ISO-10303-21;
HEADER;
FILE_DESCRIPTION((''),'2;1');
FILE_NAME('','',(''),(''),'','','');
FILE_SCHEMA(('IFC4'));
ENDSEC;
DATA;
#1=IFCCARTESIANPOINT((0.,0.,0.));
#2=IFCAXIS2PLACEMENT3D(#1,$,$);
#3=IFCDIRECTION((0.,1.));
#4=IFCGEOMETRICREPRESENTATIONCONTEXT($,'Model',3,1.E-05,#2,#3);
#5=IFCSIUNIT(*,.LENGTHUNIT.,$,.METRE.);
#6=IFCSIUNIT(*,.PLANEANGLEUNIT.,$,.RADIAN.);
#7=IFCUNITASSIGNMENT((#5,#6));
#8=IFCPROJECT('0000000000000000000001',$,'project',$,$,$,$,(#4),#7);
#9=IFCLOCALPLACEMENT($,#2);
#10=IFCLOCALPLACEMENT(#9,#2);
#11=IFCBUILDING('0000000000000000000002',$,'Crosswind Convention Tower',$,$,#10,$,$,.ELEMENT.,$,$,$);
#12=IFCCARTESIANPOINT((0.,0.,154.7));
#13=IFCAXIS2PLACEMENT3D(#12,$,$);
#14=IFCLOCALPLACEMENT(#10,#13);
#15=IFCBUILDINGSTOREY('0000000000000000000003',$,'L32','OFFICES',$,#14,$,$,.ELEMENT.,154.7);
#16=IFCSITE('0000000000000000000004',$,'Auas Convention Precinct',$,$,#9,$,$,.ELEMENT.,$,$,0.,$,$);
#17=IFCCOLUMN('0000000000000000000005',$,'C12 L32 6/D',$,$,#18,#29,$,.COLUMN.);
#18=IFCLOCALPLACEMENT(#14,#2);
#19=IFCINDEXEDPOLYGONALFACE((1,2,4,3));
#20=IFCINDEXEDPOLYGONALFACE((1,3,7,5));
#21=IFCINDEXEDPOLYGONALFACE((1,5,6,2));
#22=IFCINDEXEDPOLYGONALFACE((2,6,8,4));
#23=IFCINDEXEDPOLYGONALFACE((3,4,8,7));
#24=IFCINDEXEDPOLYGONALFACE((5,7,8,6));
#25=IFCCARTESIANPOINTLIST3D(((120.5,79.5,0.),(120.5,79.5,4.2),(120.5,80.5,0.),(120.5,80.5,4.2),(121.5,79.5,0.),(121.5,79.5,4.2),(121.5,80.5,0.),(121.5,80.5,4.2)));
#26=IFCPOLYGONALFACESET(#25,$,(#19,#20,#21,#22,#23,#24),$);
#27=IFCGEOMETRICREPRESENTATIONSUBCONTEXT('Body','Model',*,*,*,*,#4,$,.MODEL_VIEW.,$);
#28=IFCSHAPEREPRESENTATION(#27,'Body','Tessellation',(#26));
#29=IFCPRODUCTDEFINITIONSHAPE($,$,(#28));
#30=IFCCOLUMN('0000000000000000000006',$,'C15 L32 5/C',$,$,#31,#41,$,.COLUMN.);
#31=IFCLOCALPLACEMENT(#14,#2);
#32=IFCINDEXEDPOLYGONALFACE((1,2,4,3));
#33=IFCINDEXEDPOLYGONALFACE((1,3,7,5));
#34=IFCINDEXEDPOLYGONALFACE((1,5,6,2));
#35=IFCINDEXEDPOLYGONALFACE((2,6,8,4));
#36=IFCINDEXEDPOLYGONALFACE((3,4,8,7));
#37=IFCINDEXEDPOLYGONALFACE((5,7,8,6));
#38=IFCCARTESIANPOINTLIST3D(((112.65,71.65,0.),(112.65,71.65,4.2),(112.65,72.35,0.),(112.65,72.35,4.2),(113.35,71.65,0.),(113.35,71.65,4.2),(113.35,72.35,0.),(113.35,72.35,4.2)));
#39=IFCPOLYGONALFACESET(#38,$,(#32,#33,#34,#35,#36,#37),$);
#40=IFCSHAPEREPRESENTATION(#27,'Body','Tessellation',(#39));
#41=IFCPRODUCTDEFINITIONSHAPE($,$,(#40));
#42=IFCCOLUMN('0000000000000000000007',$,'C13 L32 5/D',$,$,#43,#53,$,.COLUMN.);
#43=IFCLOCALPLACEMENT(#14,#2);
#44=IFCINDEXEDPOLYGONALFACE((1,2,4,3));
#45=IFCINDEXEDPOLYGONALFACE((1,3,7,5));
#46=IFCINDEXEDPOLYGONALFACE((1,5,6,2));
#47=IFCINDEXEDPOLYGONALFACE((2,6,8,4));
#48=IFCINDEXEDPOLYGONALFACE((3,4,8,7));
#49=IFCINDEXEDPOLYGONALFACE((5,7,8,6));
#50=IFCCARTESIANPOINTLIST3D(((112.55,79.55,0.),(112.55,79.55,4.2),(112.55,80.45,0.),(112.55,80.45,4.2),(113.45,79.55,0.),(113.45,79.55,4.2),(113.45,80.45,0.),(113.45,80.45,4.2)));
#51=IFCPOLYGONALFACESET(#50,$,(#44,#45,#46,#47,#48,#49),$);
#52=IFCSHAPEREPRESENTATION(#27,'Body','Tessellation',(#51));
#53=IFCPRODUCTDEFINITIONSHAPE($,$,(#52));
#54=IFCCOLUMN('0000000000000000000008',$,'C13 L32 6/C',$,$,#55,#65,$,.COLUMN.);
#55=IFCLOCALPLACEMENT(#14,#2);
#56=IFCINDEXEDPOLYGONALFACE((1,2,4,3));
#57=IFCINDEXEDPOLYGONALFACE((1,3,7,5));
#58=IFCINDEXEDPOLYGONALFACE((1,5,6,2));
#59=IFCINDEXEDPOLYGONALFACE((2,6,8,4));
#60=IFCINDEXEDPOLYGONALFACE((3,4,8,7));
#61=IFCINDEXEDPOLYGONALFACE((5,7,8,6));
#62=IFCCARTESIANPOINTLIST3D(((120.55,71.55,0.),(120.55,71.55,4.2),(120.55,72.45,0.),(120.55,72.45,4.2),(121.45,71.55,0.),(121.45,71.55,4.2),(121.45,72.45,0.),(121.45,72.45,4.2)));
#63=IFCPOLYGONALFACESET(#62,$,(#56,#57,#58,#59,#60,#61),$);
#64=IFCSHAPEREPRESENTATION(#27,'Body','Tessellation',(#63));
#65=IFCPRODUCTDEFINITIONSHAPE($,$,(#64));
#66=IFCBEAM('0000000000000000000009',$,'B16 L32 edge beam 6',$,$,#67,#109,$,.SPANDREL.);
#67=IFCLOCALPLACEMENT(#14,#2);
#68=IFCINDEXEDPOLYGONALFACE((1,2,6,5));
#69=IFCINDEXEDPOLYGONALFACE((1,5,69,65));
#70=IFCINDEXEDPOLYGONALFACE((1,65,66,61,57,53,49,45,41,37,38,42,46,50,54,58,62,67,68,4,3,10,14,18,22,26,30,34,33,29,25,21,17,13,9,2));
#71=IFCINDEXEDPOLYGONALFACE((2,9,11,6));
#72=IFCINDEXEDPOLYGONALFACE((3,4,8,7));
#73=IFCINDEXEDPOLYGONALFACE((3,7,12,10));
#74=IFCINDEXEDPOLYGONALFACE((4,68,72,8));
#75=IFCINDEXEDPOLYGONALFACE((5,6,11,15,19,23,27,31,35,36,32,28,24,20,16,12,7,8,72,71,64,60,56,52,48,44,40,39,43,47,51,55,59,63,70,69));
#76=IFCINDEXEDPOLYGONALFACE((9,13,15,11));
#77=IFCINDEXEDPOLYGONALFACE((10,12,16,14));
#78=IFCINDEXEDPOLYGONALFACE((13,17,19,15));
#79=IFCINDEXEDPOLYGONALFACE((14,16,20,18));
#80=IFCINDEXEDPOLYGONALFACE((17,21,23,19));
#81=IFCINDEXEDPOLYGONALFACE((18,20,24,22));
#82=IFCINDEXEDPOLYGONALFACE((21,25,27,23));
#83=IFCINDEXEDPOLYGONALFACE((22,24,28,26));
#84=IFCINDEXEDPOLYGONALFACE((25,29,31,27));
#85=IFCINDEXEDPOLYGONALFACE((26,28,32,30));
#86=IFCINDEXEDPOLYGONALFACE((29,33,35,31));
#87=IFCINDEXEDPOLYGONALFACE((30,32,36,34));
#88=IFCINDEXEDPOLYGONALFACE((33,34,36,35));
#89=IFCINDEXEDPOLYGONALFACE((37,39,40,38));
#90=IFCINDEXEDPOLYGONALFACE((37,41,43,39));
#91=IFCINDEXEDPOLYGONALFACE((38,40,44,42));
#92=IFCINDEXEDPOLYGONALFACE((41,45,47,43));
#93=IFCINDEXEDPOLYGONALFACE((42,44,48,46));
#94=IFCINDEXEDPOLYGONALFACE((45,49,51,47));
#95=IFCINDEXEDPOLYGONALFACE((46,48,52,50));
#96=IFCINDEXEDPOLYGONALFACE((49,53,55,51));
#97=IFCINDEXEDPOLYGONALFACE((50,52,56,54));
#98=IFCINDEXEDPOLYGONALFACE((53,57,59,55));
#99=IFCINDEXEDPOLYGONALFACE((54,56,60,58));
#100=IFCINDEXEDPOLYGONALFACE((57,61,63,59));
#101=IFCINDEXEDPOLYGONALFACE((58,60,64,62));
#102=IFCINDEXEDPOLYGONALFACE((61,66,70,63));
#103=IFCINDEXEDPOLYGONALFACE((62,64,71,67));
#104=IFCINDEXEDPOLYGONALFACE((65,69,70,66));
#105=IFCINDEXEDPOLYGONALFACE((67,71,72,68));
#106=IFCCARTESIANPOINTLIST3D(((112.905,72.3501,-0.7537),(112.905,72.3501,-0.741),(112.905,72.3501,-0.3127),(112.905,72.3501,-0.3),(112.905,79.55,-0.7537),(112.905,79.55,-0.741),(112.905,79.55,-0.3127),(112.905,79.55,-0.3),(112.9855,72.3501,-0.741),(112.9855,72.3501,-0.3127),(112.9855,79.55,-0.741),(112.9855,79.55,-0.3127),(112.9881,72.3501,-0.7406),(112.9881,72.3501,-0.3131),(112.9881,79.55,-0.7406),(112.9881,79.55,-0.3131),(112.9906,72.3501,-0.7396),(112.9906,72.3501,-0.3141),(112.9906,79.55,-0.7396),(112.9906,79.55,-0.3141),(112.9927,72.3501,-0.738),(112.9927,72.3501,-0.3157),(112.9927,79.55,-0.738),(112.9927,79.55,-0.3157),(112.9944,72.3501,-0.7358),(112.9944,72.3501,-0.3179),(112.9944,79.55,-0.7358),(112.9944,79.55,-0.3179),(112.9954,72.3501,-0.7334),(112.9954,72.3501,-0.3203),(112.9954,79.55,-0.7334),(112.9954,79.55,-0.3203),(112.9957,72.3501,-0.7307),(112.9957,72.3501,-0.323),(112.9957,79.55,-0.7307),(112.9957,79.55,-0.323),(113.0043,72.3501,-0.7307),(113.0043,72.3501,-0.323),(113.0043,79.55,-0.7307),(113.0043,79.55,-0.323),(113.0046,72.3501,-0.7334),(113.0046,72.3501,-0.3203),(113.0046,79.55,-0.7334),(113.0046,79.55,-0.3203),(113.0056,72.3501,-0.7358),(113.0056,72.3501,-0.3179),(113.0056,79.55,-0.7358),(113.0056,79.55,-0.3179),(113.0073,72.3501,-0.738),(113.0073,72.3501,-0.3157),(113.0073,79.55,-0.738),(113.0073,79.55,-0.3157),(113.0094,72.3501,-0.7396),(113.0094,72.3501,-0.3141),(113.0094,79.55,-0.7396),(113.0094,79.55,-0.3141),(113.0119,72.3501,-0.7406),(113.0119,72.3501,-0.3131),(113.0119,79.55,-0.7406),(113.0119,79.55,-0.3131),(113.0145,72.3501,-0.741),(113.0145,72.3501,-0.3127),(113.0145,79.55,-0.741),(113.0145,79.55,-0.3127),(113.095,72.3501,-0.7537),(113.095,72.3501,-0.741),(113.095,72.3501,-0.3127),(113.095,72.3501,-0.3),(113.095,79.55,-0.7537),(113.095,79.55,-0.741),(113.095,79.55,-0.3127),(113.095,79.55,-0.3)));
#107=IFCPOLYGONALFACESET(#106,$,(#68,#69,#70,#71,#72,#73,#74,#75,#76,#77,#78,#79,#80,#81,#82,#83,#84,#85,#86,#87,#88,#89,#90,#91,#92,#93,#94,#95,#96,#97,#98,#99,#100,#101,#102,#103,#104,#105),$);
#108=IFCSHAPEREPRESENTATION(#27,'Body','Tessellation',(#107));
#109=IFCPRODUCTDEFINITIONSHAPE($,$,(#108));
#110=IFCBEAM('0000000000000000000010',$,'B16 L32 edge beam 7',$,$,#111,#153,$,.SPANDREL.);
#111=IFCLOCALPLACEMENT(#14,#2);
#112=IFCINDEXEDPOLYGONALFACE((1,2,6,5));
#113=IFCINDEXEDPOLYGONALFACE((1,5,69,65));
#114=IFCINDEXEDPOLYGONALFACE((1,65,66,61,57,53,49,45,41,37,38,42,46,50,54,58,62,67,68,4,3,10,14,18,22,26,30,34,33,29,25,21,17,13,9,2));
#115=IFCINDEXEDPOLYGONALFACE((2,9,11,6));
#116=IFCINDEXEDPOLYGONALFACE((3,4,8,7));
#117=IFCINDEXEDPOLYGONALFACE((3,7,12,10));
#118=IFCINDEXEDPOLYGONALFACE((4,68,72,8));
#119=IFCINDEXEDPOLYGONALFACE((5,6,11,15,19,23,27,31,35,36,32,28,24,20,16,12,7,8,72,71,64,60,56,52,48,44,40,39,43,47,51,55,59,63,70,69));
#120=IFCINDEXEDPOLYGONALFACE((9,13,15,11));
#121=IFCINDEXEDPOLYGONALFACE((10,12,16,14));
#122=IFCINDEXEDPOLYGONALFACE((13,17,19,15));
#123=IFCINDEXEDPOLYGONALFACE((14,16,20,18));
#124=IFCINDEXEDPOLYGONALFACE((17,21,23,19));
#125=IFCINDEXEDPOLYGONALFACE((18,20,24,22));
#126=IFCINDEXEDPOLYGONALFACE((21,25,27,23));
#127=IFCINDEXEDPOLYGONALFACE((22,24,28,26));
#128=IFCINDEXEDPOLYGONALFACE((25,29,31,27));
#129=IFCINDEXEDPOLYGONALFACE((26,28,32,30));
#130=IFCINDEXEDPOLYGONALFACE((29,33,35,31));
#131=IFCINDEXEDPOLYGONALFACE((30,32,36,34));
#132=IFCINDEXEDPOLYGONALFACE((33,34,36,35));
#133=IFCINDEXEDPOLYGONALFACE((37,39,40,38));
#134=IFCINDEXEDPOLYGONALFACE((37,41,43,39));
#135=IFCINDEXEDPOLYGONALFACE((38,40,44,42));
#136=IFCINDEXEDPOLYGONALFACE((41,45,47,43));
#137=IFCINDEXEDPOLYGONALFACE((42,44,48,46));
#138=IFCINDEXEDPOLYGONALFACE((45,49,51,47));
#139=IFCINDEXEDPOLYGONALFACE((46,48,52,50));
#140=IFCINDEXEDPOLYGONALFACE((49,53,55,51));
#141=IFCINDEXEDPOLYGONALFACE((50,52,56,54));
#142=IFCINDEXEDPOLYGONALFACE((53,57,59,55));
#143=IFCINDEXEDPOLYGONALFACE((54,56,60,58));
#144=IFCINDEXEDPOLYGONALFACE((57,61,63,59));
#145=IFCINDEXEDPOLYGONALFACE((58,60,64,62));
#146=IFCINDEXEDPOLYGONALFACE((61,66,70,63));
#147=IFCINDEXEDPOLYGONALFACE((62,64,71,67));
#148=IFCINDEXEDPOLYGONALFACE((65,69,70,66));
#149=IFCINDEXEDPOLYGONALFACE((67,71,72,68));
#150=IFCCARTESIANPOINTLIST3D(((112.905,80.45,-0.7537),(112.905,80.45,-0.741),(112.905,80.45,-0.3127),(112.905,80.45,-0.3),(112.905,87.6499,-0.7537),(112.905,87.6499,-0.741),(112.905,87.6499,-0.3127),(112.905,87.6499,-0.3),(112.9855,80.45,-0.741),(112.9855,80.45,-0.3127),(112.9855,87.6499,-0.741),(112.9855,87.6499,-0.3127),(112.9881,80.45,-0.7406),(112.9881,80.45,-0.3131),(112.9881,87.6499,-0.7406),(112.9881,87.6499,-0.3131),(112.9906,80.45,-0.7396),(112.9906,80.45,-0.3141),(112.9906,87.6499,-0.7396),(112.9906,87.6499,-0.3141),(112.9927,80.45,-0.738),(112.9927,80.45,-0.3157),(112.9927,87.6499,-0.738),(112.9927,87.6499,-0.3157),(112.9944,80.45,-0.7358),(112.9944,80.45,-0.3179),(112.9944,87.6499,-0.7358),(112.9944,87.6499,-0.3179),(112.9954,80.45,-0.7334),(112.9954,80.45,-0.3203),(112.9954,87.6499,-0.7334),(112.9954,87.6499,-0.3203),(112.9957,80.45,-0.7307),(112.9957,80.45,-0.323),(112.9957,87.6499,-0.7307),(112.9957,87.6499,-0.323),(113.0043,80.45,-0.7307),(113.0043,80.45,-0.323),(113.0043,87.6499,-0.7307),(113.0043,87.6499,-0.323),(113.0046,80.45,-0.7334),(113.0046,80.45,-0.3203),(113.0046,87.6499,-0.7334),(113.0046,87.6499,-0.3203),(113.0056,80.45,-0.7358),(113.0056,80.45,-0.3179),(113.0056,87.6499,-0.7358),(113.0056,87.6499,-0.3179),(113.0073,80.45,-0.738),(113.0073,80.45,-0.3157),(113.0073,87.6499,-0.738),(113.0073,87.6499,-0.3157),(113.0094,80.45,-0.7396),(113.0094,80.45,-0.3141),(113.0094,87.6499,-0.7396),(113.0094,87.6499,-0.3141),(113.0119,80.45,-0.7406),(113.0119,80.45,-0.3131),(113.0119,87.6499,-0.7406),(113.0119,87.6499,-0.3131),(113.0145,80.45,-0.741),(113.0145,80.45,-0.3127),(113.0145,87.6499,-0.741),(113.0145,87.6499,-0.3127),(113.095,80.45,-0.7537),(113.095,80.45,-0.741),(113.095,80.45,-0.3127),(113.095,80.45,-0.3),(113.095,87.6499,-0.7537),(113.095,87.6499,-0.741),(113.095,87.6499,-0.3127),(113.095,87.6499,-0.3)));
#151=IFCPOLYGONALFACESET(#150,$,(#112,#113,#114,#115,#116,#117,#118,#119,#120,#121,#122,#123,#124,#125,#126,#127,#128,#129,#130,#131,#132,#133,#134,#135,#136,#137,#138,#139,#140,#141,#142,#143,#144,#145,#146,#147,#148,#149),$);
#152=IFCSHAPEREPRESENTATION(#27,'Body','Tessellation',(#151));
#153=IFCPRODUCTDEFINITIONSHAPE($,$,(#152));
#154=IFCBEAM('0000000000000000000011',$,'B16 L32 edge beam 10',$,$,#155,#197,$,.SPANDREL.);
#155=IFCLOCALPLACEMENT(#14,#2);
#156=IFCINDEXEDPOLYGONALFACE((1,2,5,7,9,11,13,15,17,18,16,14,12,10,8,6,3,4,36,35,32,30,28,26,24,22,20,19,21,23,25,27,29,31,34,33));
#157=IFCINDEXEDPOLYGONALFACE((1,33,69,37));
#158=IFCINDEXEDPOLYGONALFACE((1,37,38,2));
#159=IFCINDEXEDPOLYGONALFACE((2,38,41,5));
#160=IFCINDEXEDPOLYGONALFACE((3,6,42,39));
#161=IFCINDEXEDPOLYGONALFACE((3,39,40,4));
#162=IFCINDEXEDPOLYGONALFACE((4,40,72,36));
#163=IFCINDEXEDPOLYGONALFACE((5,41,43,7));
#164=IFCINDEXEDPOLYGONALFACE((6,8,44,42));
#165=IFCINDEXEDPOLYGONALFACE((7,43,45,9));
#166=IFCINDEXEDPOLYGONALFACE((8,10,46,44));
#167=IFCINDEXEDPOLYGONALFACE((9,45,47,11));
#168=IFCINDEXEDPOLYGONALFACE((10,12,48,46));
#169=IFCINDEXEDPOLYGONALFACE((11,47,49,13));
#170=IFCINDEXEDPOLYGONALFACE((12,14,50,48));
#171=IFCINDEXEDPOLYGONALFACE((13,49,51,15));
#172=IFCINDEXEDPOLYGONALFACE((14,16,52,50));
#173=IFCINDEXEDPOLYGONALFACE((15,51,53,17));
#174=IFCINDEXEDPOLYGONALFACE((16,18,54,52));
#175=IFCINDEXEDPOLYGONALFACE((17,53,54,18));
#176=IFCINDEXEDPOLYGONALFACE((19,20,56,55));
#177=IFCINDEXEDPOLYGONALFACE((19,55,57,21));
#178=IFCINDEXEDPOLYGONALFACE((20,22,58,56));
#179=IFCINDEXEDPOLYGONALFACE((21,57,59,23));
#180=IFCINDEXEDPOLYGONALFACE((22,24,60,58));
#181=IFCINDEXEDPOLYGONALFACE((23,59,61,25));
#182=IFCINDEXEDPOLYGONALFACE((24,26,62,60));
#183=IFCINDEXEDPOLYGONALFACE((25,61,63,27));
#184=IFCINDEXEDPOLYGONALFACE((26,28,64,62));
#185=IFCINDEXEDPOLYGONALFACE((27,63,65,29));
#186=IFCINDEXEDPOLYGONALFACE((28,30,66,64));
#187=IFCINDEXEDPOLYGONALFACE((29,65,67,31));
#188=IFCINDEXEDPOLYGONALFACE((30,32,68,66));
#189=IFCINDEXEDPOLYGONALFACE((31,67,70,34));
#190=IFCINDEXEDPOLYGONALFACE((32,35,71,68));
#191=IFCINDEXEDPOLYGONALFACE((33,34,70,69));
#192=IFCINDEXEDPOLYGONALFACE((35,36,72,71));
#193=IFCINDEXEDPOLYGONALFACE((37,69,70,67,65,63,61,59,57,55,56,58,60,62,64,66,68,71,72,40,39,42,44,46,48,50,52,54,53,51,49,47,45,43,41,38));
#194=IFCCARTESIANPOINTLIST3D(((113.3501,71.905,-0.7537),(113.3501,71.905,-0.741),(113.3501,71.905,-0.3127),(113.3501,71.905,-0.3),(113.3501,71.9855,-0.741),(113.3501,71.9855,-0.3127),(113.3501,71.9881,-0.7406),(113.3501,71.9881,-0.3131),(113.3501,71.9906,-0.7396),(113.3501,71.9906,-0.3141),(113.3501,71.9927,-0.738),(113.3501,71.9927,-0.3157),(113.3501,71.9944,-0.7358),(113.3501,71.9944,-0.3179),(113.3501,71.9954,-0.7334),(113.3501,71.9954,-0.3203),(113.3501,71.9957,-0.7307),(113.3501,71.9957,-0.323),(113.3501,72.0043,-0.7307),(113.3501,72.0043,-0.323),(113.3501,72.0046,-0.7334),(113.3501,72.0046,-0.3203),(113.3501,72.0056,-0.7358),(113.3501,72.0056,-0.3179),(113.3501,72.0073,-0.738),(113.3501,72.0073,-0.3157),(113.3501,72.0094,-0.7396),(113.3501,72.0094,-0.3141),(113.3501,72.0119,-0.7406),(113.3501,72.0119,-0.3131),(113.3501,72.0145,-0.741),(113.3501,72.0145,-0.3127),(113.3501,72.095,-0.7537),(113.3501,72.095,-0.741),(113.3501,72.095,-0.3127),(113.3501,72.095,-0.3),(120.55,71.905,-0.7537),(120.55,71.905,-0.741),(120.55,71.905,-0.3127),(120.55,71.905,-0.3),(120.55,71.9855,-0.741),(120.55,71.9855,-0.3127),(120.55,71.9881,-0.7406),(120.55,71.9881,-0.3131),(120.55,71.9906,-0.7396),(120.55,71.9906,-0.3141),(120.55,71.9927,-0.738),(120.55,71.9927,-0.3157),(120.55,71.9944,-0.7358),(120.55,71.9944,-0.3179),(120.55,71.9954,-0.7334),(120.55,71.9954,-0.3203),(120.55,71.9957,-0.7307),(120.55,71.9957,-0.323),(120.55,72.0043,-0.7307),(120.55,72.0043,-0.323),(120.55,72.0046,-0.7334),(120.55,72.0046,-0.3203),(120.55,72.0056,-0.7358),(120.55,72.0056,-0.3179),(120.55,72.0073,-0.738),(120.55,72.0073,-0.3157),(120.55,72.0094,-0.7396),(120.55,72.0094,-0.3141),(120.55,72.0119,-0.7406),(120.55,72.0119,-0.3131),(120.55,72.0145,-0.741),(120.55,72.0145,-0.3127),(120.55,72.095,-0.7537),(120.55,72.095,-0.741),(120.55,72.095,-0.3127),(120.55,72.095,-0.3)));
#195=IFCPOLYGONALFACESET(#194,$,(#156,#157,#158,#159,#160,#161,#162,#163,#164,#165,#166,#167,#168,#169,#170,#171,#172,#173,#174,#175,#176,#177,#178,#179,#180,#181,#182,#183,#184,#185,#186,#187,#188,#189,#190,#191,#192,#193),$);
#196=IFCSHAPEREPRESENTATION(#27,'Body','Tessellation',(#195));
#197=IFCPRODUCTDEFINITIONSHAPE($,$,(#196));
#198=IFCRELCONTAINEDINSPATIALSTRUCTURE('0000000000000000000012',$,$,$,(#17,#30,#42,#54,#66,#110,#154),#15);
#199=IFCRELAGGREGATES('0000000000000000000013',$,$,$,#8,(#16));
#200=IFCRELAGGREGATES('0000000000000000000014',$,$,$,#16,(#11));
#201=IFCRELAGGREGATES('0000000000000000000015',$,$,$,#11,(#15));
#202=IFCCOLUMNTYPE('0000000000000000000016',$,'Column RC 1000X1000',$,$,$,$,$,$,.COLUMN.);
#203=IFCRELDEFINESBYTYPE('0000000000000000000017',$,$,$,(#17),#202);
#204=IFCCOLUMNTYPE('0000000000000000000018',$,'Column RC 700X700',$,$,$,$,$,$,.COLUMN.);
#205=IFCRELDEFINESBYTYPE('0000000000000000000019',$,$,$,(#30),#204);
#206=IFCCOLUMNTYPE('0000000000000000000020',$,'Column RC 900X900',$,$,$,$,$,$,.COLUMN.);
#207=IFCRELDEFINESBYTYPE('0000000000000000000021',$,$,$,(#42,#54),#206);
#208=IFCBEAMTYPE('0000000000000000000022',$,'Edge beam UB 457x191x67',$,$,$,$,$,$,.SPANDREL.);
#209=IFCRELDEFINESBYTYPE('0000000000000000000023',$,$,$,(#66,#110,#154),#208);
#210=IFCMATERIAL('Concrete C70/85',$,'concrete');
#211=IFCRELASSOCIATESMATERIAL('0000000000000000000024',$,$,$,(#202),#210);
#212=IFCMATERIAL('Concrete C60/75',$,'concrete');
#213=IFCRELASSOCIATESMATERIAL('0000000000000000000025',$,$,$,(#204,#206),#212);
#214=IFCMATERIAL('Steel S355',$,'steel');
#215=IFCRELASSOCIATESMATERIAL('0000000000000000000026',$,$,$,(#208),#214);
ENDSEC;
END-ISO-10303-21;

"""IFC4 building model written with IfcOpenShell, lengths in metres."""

from ifc_helpers import new_model, si_unit, direction, frame, origin, origin_2d, place, context, subcontext, project, spatial, rectangle, i_section, extrude, material, material_profile, profile_set, type_object, element, save


model = new_model("IFC4")

# Units and contexts
model_context = context("Model", 3, precision=1e-05, world=origin(), true_north=direction((0.0, 1.0)))
body_context = subcontext(model_context, "Body", "Model", "MODEL_VIEW")
ifc_project = project(units=[si_unit("LENGTHUNIT", "METRE"), si_unit("PLANEANGLEUNIT", "RADIAN")], contexts=[model_context])

# Site, building, storey
site_placement = place(None, origin())
site = spatial("IfcSite", under=ifc_project, at=site_placement, Name="Auas Convention Precinct", CompositionType="ELEMENT", RefElevation=0.0)
building_placement = place(site_placement, origin())
building = spatial("IfcBuilding", under=site, at=building_placement, Name="Crosswind Convention Tower", CompositionType="ELEMENT")
storey_placement = place(building_placement, frame((0.0, 0.0, 154.7)))
storey = spatial("IfcBuildingStorey", under=building, at=storey_placement, Name="L32", Description="OFFICES", CompositionType="ELEMENT", Elevation=154.7)

# Columns
ifc_material_1 = material(Name="Concrete C70/85", Category="concrete")
ifc_material_profile_1 = material_profile(ifc_material_1, rectangle(XDim=1.0, YDim=1.0, at=origin_2d()), Name="RC 1000X1000")
ifc_profile_set_1 = profile_set([ifc_material_profile_1], Name="Concrete C70/85")
column_type_1 = type_object("IfcColumnType", Name="Column RC 1000X1000", PredefinedType="COLUMN", material=ifc_profile_set_1)
column_1_placement = place(storey_placement, frame((121.0, 80.0, 0.0), z_axis=(0.0, 0.0, 1.0), x_axis=(1.0, 0.0, 0.0)))
element("IfcColumn", 1, at=column_1_placement, inside=storey, type_object=column_type_1, Name="C12 L32 6/D", PredefinedType="COLUMN", context=body_context, shape_type="SweptSolid", body=[
    extrude(rectangle(XDim=1.0, YDim=1.0, at=origin_2d()), origin(), (0.0, 0.0, 1.0), 4.2),
])
ifc_material_2 = material(Name="Concrete C60/75", Category="concrete")
ifc_material_profile_2 = material_profile(ifc_material_2, rectangle(XDim=0.7, YDim=0.7, at=origin_2d()), Name="RC 700X700")
ifc_profile_set_2 = profile_set([ifc_material_profile_2], Name="Concrete C60/75")
column_type_2 = type_object("IfcColumnType", Name="Column RC 700X700", PredefinedType="COLUMN", material=ifc_profile_set_2)
column_2_placement = place(storey_placement, frame((113.0, 72.0, 0.0), z_axis=(0.0, 0.0, 1.0), x_axis=(1.0, 0.0, 0.0)))
element("IfcColumn", 2, at=column_2_placement, inside=storey, type_object=column_type_2, Name="C15 L32 5/C", PredefinedType="COLUMN", context=body_context, shape_type="SweptSolid", body=[
    extrude(rectangle(XDim=0.7, YDim=0.7, at=origin_2d()), origin(), (0.0, 0.0, 1.0), 4.2),
])
ifc_material_profile_3 = material_profile(ifc_material_2, rectangle(XDim=0.8999, YDim=0.8999, at=origin_2d()), Name="RC 900X900")
ifc_profile_set_3 = profile_set([ifc_material_profile_3], Name="Concrete C60/75")
column_type_3 = type_object("IfcColumnType", Name="Column RC 900X900", PredefinedType="COLUMN", material=ifc_profile_set_3)
for number, where, z_axis, x_axis, name in (
    (3, (113.0, 80.0, 0.0), (0.0, 0.0, 1.0), (1.0, 0.0, 0.0), "C13 L32 5/D"),
    (4, (121.0, 72.0, 0.0), (0.0, 0.0, 1.0), (1.0, 0.0, 0.0), "C13 L32 6/C"),
):
    element("IfcColumn", number, at=place(storey_placement, frame(where, z_axis=z_axis, x_axis=x_axis)), inside=storey, type_object=column_type_3, Name=name, PredefinedType="COLUMN", context=body_context, shape_type="SweptSolid", body=[
        extrude(rectangle(XDim=0.8999, YDim=0.8999, at=origin_2d()), origin(), (0.0, 0.0, 1.0), 4.2),
    ])

# Beams
ifc_material_3 = material(Name="Steel S355", Category="steel")
ifc_material_profile_4 = material_profile(ifc_material_3, i_section(OverallWidth=0.1899, OverallDepth=0.4536, WebThickness=0.0085, FlangeThickness=0.0127, FilletRadius=0.0103, at=origin_2d()), Name="UB 457x191x67")
ifc_profile_set_4 = profile_set([ifc_material_profile_4], Name="Steel S355")
beam_type_1 = type_object("IfcBeamType", Name="Edge beam UB 457x191x67", PredefinedType="SPANDREL", material=ifc_profile_set_4)
for number, where, z_axis, x_axis, name in (
    (5, (113.0, 72.3501, -0.5269), (0.0, 1.0, 0.0), (-1.0, 0.0, 0.0), "B16 L32 edge beam 6"),
    (6, (113.0, 80.45, -0.5269), (0.0, 1.0, 0.0), (-1.0, 0.0, 0.0), "B16 L32 edge beam 7"),
    (7, (113.3501, 72.0, -0.5269), (1.0, 0.0, 0.0), (0.0, 1.0, 0.0), "B16 L32 edge beam 10"),
):
    element("IfcBeam", number, at=place(storey_placement, frame(where, z_axis=z_axis, x_axis=x_axis)), inside=storey, type_object=beam_type_1, Name=name, PredefinedType="SPANDREL", context=body_context, shape_type="SweptSolid", body=[
        extrude(i_section(OverallWidth=0.1899, OverallDepth=0.4536, WebThickness=0.0085, FlangeThickness=0.0127, FilletRadius=0.0103, at=origin_2d()), origin(), (0.0, 0.0, 1.0), 7.2),
    ])

save(model, "model.ifc")
